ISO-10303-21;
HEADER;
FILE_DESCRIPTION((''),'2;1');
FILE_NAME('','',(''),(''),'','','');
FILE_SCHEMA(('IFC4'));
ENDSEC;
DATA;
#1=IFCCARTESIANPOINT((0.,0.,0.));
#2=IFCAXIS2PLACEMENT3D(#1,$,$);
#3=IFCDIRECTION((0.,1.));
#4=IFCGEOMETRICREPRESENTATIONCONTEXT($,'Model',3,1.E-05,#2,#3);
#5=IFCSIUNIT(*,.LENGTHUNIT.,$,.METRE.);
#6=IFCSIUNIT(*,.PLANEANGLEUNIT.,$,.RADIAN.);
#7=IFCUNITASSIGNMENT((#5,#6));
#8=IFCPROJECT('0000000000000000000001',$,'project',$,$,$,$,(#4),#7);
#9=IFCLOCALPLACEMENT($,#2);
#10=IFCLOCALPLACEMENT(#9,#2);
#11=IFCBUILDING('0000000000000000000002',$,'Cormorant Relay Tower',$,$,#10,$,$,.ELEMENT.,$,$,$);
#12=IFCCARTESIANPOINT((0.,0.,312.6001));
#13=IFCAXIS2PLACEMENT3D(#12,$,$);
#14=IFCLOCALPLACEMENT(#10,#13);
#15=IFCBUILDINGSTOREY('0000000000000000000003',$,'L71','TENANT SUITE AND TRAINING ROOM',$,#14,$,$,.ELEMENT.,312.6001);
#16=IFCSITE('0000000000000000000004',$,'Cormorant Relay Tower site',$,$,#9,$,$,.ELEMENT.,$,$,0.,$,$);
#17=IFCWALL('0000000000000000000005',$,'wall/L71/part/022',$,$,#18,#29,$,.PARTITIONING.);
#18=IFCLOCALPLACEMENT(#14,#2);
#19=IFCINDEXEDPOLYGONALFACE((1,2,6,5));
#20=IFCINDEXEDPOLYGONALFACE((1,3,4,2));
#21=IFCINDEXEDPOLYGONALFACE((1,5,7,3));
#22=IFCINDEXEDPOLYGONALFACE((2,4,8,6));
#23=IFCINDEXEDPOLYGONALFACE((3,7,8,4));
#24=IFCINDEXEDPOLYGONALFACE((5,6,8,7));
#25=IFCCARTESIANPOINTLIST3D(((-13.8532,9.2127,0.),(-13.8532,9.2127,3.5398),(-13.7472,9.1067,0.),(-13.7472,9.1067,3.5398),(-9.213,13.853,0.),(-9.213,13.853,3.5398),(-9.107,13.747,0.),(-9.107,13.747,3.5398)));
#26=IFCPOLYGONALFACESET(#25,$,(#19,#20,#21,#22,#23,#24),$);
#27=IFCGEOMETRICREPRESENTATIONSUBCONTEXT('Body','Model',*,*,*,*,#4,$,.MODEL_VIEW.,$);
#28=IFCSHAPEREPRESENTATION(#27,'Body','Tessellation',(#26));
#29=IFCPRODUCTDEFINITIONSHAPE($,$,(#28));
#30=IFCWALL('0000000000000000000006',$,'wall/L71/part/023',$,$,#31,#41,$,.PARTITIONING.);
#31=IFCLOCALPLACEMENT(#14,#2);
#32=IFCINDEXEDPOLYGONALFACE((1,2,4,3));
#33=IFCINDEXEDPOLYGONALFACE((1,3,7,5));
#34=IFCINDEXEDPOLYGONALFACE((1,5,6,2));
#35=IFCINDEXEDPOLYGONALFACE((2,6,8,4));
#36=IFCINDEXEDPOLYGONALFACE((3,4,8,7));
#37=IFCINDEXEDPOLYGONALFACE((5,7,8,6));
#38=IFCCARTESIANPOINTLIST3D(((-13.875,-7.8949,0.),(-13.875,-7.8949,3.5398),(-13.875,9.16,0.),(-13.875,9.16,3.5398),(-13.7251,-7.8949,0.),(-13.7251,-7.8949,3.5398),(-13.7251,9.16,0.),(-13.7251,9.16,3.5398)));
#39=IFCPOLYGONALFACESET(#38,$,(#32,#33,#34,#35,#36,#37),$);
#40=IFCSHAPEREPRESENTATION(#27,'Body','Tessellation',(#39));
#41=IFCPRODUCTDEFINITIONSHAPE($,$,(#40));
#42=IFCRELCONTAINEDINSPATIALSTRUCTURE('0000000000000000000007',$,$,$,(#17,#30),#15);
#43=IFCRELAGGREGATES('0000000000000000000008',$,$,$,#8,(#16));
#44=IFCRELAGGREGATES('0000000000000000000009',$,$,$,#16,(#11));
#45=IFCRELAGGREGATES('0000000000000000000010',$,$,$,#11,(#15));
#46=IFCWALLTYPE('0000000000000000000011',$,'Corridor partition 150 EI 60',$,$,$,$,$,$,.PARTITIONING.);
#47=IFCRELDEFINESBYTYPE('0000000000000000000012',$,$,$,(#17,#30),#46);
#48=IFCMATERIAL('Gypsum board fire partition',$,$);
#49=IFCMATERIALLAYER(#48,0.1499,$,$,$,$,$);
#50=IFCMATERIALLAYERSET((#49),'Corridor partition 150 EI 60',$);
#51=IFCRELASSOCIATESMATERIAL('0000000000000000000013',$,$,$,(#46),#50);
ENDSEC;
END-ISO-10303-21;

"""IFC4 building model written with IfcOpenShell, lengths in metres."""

from ifc_helpers import new_model, si_unit, direction, frame, frame_2d, origin, place, context, subcontext, project, spatial, rectangle, extrude, material, layer, layer_set, type_object, element, save


model = new_model("IFC4")

# Units and contexts
model_context = context("Model", 3, precision=1e-05, world=origin(), true_north=direction((0.0, 1.0)))
body_context = subcontext(model_context, "Body", "Model", "MODEL_VIEW")
ifc_project = project(units=[si_unit("LENGTHUNIT", "METRE"), si_unit("PLANEANGLEUNIT", "RADIAN")], contexts=[model_context])

# Site, building, storey
site_placement = place(None, origin())
site = spatial("IfcSite", under=ifc_project, at=site_placement, Name="Cormorant Relay Tower site", CompositionType="ELEMENT", RefElevation=0.0)
building_placement = place(site_placement, origin())
building = spatial("IfcBuilding", under=site, at=building_placement, Name="Cormorant Relay Tower", CompositionType="ELEMENT")
storey_placement = place(building_placement, frame((0.0, 0.0, 312.6001)))
storey = spatial("IfcBuildingStorey", under=building, at=storey_placement, Name="L71", Description="TENANT SUITE AND TRAINING ROOM", CompositionType="ELEMENT", Elevation=312.6001)

# Walls
ifc_material_1 = material(Name="Gypsum board fire partition")
ifc_layer_1 = layer(ifc_material_1, 0.1499)
ifc_layer_set_1 = layer_set([ifc_layer_1], Name="Corridor partition 150 EI 60")
wall_type_1 = type_object("IfcWallType", Name="Corridor partition 150 EI 60", PredefinedType="PARTITIONING", material=ifc_layer_set_1)
wall_1_placement = place(storey_placement, frame((-9.1599, 13.8, 0.0), z_axis=(0.0, 0.0, 1.0), x_axis=(-0.707107, -0.707107, 0.0)))
element("IfcWall", 1, at=wall_1_placement, inside=storey, type_object=wall_type_1, Name="wall/L71/part/022", PredefinedType="PARTITIONING", context=body_context, shape_type="SweptSolid", body=[
    extrude(rectangle(XDim=6.5623, YDim=0.1499, at=frame_2d((3.2812, 0.0))), origin(), (0.0, 0.0, 1.0), 3.5398),
])
wall_2_placement = place(storey_placement, frame((-13.8, 9.1599, 0.0), z_axis=(0.0, 0.0, 1.0), x_axis=(0.0, -1.0, 0.0)))
element("IfcWall", 2, at=wall_2_placement, inside=storey, type_object=wall_type_1, Name="wall/L71/part/023", PredefinedType="PARTITIONING", context=body_context, shape_type="SweptSolid", body=[
    extrude(rectangle(XDim=17.0549, YDim=0.1499, at=frame_2d((8.5273, 0.0))), origin(), (0.0, 0.0, 1.0), 3.5398),
])

save(model, "model.ifc")
